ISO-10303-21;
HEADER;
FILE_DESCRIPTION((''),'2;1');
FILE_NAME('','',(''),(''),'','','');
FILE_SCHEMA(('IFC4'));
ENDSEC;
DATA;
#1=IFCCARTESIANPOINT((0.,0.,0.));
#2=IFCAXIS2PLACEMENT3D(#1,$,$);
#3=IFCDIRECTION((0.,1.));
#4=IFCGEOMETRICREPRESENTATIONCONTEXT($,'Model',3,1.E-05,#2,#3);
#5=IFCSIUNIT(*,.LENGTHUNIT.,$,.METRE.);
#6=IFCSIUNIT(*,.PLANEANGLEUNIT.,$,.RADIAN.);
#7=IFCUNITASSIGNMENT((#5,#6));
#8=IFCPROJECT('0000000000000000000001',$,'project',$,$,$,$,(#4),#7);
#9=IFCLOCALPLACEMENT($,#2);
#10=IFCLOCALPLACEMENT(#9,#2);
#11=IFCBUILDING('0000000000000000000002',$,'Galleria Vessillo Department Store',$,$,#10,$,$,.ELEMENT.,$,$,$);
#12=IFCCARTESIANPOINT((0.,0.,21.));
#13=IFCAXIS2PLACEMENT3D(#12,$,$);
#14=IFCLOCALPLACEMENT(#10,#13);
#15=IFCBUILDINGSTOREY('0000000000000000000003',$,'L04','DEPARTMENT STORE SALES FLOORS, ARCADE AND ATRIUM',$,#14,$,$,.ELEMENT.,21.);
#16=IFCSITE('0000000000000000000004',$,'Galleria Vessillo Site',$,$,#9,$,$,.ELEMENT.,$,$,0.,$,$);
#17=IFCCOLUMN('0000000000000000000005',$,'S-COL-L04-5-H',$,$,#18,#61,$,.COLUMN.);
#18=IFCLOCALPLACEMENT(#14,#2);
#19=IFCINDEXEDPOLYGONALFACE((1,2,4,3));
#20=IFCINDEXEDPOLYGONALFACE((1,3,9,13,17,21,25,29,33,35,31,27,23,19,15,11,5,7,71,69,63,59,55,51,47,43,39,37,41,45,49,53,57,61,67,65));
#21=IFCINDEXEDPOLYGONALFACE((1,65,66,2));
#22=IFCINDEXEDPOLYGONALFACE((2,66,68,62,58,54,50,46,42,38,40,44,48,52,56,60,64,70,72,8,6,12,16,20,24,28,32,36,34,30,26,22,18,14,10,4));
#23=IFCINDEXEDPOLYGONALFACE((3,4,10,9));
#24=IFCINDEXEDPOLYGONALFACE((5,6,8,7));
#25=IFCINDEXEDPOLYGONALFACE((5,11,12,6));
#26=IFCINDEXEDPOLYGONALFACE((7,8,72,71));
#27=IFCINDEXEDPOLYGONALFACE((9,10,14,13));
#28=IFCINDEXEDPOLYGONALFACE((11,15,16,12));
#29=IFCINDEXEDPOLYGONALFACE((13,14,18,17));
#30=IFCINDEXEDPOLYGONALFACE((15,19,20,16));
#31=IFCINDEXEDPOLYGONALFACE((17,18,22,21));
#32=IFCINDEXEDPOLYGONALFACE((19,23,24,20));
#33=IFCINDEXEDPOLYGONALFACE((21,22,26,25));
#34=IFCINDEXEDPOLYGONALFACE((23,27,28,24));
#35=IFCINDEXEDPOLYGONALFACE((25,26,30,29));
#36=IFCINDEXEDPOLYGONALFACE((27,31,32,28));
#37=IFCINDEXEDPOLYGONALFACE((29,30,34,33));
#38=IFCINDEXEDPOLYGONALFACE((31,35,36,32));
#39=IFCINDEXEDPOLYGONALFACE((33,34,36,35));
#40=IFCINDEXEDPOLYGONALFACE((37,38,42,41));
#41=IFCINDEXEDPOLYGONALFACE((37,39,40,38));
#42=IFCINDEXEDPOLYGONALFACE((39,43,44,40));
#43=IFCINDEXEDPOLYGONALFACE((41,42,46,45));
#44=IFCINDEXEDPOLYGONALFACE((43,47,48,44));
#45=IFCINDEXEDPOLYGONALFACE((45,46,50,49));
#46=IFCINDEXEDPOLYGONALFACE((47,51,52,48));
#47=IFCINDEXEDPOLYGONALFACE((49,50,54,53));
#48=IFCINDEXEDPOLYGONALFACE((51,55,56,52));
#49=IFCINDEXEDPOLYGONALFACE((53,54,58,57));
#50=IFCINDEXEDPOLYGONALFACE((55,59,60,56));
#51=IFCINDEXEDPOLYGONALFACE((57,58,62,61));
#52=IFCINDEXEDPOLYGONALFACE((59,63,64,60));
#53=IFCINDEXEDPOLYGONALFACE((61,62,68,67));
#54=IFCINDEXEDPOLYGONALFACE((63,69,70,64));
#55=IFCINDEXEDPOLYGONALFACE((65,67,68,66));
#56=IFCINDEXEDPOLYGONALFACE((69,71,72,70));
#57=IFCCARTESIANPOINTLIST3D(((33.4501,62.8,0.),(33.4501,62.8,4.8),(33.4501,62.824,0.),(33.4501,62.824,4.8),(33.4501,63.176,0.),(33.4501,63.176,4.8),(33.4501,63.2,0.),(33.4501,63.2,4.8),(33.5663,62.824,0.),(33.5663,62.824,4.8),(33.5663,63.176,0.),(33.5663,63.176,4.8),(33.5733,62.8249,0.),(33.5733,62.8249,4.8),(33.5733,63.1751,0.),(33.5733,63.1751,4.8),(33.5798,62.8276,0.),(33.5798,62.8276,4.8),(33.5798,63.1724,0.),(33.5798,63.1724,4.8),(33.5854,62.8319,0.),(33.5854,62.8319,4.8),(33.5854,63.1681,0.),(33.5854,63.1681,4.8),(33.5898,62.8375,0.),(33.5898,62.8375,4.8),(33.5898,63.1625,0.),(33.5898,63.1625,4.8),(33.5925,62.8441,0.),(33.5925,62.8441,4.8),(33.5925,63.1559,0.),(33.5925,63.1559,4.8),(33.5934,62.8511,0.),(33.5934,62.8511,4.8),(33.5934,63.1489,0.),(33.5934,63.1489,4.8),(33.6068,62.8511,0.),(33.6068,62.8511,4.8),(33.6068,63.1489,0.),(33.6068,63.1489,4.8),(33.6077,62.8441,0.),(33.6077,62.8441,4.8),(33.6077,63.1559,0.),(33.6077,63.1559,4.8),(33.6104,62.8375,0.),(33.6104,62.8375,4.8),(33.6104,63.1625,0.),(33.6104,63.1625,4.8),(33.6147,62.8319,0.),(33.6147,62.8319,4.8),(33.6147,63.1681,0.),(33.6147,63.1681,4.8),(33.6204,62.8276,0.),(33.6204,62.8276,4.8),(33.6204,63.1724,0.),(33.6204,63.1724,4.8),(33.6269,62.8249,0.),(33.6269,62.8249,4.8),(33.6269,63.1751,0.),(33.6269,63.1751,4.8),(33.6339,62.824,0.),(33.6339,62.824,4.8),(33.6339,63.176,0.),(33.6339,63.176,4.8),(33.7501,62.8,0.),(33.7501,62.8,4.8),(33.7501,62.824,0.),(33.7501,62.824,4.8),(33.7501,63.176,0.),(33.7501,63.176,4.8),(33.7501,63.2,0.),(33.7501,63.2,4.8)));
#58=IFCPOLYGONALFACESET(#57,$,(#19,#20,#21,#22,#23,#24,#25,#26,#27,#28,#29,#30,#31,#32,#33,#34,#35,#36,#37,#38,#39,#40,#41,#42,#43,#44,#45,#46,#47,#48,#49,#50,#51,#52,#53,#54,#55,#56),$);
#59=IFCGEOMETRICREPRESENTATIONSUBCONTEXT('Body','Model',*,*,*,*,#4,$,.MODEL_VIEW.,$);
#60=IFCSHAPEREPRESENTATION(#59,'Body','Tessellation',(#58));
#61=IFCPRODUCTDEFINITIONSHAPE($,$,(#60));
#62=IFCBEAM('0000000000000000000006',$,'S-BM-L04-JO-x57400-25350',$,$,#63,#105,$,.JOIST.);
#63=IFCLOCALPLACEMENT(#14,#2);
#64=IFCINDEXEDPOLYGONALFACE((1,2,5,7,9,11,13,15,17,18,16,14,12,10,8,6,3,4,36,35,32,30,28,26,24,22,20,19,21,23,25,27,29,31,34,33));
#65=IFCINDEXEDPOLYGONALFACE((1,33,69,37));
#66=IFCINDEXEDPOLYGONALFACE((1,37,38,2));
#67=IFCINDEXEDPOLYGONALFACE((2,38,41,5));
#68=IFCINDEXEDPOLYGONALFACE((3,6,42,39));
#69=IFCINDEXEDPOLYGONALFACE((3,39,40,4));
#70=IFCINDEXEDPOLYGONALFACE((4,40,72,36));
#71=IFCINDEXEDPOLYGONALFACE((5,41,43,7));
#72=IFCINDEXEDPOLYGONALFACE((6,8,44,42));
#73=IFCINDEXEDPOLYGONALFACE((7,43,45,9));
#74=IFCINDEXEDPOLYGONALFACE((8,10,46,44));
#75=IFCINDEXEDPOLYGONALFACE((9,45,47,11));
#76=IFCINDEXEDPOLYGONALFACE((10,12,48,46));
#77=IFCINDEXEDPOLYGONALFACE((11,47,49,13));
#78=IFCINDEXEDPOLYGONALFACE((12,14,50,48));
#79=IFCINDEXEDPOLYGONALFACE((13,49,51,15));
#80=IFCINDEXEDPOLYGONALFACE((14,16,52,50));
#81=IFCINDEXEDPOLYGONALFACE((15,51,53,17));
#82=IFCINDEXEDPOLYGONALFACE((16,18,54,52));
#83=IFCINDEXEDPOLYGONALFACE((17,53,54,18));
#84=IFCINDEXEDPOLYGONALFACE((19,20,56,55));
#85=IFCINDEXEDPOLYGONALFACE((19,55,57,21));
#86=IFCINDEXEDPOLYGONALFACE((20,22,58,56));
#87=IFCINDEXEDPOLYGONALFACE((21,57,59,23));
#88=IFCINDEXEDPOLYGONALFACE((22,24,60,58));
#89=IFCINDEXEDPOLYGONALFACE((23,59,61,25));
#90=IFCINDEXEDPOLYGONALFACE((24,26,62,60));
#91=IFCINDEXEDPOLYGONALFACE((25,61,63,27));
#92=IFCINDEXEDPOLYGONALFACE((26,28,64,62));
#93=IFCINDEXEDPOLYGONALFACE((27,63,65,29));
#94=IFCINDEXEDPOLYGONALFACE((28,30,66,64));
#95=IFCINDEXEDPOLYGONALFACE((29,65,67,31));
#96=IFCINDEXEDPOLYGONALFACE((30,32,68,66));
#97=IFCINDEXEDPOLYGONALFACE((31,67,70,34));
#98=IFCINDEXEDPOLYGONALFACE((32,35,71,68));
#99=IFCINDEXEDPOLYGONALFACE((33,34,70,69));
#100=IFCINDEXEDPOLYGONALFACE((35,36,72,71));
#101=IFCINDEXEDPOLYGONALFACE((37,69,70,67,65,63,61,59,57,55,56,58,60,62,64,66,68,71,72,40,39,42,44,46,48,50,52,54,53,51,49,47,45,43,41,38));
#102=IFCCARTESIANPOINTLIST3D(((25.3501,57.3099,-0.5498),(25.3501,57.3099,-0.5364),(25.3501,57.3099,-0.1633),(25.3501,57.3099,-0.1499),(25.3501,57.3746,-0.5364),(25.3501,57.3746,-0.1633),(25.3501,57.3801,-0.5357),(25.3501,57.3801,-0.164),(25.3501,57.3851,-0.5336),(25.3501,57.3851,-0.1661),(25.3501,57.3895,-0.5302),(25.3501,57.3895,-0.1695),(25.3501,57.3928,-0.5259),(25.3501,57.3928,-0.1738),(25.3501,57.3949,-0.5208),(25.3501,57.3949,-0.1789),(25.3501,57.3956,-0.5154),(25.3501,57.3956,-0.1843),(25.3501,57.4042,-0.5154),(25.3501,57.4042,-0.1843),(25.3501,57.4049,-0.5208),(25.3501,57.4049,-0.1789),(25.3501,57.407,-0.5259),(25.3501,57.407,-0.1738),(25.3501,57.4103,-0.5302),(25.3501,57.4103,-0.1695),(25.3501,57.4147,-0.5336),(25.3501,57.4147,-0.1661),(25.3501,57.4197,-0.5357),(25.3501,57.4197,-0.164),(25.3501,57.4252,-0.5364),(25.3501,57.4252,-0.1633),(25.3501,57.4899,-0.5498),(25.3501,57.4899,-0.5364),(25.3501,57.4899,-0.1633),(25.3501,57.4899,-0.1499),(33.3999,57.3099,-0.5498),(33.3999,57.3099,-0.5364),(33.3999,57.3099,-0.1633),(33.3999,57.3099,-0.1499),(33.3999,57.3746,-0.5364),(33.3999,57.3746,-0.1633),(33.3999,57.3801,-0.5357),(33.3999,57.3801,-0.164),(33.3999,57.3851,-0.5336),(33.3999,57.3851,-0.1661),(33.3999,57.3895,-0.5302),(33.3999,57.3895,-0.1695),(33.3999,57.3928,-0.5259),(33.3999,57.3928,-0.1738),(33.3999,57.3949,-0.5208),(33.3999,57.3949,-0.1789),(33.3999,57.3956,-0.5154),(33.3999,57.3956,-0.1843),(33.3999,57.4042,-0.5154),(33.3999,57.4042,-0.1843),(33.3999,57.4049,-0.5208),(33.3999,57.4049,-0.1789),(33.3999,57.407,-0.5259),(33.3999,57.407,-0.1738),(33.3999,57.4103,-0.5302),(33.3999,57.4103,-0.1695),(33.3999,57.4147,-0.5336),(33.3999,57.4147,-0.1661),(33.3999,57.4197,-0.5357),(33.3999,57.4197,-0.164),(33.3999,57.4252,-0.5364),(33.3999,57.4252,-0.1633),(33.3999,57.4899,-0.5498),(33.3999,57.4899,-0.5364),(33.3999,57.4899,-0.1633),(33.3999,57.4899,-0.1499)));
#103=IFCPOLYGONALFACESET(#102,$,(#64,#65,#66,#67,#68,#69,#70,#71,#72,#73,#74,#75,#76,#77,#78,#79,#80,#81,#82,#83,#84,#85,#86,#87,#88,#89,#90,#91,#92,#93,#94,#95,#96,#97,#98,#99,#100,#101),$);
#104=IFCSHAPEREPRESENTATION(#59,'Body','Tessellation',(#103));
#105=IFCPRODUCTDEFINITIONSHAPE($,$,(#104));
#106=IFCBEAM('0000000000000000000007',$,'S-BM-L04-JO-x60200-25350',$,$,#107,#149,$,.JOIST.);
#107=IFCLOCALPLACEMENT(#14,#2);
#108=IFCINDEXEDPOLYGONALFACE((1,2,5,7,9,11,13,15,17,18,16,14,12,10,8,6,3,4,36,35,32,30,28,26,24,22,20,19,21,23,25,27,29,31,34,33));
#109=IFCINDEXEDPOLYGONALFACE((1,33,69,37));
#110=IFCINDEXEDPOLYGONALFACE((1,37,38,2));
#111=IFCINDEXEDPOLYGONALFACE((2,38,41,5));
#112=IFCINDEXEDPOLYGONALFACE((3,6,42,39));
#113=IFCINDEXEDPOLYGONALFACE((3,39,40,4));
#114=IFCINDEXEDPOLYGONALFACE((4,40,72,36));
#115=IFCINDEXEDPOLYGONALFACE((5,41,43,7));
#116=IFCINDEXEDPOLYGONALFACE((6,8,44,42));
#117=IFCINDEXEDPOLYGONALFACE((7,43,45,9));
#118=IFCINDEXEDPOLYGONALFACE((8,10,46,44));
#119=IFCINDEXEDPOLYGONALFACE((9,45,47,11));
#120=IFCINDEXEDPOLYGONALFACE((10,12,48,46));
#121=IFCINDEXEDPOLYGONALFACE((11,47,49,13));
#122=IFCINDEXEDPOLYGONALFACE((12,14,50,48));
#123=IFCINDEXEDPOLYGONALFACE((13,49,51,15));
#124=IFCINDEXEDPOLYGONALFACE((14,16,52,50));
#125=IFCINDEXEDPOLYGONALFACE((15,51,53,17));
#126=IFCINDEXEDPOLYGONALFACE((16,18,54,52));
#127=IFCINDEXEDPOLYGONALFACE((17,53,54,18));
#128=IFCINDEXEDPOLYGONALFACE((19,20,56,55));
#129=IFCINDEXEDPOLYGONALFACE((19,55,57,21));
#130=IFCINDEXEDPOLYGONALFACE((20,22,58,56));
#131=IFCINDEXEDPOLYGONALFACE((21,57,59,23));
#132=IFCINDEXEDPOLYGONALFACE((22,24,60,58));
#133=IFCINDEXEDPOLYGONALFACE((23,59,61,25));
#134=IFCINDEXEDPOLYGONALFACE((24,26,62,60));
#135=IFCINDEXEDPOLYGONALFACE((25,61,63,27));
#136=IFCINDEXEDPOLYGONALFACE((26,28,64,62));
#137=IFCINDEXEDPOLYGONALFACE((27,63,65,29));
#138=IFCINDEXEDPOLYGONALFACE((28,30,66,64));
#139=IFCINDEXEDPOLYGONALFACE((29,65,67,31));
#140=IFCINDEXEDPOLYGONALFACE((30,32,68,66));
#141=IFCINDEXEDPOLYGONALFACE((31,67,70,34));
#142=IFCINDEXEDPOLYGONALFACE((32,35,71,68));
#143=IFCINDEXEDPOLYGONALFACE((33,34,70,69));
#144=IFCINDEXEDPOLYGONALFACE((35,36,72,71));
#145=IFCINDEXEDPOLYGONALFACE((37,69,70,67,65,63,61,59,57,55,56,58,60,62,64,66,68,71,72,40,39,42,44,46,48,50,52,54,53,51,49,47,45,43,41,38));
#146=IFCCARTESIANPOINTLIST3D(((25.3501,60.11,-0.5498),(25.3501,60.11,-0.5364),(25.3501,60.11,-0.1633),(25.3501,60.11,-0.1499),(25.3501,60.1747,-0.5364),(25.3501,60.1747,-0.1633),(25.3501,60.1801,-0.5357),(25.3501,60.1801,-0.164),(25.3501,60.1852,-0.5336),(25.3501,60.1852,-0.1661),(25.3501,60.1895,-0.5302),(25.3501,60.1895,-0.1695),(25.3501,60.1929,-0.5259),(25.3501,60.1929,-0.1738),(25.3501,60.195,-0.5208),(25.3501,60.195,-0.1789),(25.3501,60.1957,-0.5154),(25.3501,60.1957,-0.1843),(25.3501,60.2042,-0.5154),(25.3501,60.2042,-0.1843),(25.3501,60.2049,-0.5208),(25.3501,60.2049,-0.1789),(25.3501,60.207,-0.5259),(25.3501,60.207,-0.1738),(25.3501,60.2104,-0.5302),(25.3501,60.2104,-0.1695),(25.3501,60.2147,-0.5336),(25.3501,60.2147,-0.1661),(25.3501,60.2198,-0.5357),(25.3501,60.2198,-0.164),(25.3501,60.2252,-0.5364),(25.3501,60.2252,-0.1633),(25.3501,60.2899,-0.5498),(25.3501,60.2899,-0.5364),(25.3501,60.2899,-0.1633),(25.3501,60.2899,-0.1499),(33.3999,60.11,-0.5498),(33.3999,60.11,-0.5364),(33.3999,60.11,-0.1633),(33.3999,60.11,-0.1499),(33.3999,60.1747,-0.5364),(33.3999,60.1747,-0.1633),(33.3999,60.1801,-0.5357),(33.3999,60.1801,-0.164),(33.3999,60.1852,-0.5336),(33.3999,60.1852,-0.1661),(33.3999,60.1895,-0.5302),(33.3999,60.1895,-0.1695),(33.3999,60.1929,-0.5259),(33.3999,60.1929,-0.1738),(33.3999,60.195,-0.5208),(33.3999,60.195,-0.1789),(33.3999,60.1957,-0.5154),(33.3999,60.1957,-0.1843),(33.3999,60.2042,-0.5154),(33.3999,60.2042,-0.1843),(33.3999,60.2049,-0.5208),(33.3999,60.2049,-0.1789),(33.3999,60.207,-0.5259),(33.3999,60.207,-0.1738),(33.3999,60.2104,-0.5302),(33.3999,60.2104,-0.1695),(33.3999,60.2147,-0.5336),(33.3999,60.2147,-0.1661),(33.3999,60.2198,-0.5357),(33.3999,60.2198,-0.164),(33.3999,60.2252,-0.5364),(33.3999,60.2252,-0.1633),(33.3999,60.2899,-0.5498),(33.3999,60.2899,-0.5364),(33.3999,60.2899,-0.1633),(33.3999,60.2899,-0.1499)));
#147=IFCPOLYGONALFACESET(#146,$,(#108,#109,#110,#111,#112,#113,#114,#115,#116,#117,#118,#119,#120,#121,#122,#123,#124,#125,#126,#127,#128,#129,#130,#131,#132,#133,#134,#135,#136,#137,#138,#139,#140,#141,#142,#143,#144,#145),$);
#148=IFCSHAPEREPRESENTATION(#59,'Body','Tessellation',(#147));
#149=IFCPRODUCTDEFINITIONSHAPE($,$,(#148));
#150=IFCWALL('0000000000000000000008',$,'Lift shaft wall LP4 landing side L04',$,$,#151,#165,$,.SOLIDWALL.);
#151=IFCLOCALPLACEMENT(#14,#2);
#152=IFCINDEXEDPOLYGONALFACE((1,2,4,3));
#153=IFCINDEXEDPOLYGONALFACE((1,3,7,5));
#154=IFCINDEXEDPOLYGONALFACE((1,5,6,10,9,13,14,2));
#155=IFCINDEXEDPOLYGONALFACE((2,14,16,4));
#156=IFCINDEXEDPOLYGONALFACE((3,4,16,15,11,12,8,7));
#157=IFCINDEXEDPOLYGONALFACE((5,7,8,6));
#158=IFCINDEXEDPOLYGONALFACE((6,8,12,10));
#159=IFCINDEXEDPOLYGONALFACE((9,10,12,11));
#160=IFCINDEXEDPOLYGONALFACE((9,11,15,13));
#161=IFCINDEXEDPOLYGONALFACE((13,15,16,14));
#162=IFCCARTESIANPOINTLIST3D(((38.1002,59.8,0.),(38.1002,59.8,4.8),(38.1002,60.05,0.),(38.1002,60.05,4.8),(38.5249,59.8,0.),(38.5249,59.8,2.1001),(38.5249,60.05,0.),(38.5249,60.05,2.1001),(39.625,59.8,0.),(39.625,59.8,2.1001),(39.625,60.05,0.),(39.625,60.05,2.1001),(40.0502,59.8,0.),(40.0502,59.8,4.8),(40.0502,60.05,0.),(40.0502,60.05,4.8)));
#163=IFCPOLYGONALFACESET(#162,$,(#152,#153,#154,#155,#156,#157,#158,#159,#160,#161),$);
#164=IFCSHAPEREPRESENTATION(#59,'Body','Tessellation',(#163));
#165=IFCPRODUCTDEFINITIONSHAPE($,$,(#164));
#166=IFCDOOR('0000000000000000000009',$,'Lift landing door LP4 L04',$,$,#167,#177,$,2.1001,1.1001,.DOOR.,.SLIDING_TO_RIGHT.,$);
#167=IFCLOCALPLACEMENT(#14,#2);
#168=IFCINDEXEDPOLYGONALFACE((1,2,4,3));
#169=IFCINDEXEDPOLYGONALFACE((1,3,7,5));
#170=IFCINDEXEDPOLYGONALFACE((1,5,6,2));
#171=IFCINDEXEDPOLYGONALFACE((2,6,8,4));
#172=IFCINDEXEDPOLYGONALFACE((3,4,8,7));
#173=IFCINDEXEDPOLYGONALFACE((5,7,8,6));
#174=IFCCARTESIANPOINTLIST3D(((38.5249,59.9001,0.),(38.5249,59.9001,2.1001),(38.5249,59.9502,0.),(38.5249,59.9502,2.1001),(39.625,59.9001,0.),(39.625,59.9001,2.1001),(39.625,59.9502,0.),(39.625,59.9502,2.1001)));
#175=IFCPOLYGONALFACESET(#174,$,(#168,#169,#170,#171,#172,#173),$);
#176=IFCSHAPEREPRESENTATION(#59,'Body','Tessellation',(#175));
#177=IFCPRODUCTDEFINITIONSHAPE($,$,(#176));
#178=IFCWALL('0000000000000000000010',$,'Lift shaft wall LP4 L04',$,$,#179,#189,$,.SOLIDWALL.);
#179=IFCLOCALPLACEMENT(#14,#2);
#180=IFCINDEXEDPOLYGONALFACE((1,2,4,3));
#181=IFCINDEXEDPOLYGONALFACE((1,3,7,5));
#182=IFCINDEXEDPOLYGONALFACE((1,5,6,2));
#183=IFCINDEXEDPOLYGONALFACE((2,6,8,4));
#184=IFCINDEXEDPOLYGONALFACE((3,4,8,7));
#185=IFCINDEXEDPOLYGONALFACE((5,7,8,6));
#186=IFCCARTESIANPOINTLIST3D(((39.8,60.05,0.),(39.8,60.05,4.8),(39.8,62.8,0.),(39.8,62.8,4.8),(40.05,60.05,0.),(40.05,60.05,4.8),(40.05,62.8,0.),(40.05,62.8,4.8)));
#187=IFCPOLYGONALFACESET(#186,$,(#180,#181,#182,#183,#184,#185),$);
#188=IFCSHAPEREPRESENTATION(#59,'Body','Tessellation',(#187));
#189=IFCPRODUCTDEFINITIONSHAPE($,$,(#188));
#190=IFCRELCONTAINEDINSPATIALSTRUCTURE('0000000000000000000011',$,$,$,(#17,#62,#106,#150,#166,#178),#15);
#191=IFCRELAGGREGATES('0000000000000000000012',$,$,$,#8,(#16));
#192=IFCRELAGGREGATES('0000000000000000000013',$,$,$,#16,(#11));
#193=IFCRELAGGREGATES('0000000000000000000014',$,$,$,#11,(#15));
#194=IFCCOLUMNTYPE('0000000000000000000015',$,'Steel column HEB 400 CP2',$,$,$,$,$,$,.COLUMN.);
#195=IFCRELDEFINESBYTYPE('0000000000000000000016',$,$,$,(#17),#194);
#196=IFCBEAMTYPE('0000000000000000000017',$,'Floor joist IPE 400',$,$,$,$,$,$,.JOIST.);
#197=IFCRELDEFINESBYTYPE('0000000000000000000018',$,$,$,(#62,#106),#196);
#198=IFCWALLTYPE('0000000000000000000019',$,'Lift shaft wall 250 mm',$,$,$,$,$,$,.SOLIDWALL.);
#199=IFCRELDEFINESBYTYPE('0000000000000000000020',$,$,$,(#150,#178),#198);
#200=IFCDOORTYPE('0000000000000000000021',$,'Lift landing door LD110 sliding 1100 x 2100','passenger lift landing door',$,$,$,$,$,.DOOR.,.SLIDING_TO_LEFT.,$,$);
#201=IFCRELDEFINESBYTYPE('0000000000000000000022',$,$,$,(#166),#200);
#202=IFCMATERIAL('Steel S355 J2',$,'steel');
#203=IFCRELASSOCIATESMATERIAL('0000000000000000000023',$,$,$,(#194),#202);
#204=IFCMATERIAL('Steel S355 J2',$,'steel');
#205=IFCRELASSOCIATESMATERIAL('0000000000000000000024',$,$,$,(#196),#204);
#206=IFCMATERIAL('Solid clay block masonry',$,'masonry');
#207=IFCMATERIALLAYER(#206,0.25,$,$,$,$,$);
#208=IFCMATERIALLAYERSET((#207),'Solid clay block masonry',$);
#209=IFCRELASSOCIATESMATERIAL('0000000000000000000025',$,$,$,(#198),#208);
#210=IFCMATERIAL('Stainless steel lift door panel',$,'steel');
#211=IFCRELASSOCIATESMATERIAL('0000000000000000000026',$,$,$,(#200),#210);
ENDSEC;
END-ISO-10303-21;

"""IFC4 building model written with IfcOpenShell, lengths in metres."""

from ifc_helpers import new_model, si_unit, direction, frame, frame_2d, origin, origin_2d, place, context, subcontext, project, spatial, rectangle, i_section, extrude, material, layer, layer_set, material_profile, profile_set, type_object, element, fill, save


model = new_model("IFC4")

# Units and contexts
model_context = context("Model", 3, precision=1e-05, world=origin(), true_north=direction((0.0, 1.0)))
body_context = subcontext(model_context, "Body", "Model", "MODEL_VIEW")
ifc_project = project(units=[si_unit("LENGTHUNIT", "METRE"), si_unit("PLANEANGLEUNIT", "RADIAN")], contexts=[model_context])

# Site, building, storey
site_placement = place(None, origin())
site = spatial("IfcSite", under=ifc_project, at=site_placement, Name="Galleria Vessillo Site", CompositionType="ELEMENT", RefElevation=0.0)
building_placement = place(site_placement, origin())
building = spatial("IfcBuilding", under=site, at=building_placement, Name="Galleria Vessillo Department Store", CompositionType="ELEMENT")
storey_placement = place(building_placement, frame((0.0, 0.0, 21.0)))
storey = spatial("IfcBuildingStorey", under=building, at=storey_placement, Name="L04", Description="DEPARTMENT STORE SALES FLOORS, ARCADE AND ATRIUM", CompositionType="ELEMENT", Elevation=21.0)

# Column
ifc_material_1 = material(Name="Steel S355 J2", Category="steel")
ifc_material_profile_1 = material_profile(ifc_material_1, i_section(OverallWidth=0.3, OverallDepth=0.3999, WebThickness=0.0134, FlangeThickness=0.0239, FilletRadius=0.0271, at=origin_2d()), Name="HEB 400")
ifc_profile_set_1 = profile_set([ifc_material_profile_1], Name="Steel S355 J2")
column_type = type_object("IfcColumnType", Name="Steel column HEB 400 CP2", PredefinedType="COLUMN", material=ifc_profile_set_1)
column_placement = place(storey_placement, frame((33.6001, 63.0, 0.0), z_axis=(0.0, 0.0, 1.0), x_axis=(1.0, 0.0, 0.0)))
element("IfcColumn", 1, at=column_placement, inside=storey, type_object=column_type, Name="S-COL-L04-5-H", PredefinedType="COLUMN", context=body_context, shape_type="SweptSolid", body=[
    extrude(i_section(OverallWidth=0.3, OverallDepth=0.3999, WebThickness=0.0134, FlangeThickness=0.0239, FilletRadius=0.0271, at=origin_2d()), origin(), (0.0, 0.0, 1.0), 4.8),
])

# Beams
ifc_material_2 = material(Name="Steel S355 J2", Category="steel")
ifc_material_profile_2 = material_profile(ifc_material_2, i_section(OverallWidth=0.1799, OverallDepth=0.3999, WebThickness=0.0085, FlangeThickness=0.0134, FilletRadius=0.021, at=origin_2d()), Name="IPE 400")
ifc_profile_set_2 = profile_set([ifc_material_profile_2], Name="Steel S355 J2")
beam_type = type_object("IfcBeamType", Name="Floor joist IPE 400", PredefinedType="JOIST", material=ifc_profile_set_2)
for number, where, z_axis, x_axis, name in (
    (2, (25.3501, 57.3999, -0.3499), (1.0, 0.0, 0.0), (0.0, 1.0, 0.0), "S-BM-L04-JO-x57400-25350"),
    (3, (25.3501, 60.2, -0.3499), (1.0, 0.0, 0.0), (0.0, 1.0, 0.0), "S-BM-L04-JO-x60200-25350"),
):
    element("IfcBeam", number, at=place(storey_placement, frame(where, z_axis=z_axis, x_axis=x_axis)), inside=storey, type_object=beam_type, Name=name, PredefinedType="JOIST", context=body_context, shape_type="SweptSolid", body=[
        extrude(i_section(OverallWidth=0.1799, OverallDepth=0.3999, WebThickness=0.0085, FlangeThickness=0.0134, FilletRadius=0.021, at=origin_2d()), origin(), (0.0, 0.0, 1.0), 8.0498),
    ])

# Wall, opening, door
ifc_material_3 = material(Name="Solid clay block masonry", Category="masonry")
ifc_layer_1 = layer(ifc_material_3, 0.25)
ifc_layer_set_1 = layer_set([ifc_layer_1], Name="Solid clay block masonry")
wall_type_1 = type_object("IfcWallType", Name="Lift shaft wall 250 mm", PredefinedType="SOLIDWALL", material=ifc_layer_set_1)
wall_1_placement = place(storey_placement, frame((38.1001, 59.925, 0.0), z_axis=(0.0, 0.0, 1.0), x_axis=(1.0, 0.0, 0.0)))
wall_1 = element("IfcWall", 4, at=wall_1_placement, inside=storey, type_object=wall_type_1, Name="Lift shaft wall LP4 landing side L04", PredefinedType="SOLIDWALL", context=body_context, shape_type="SweptSolid", body=[
    extrude(rectangle(XDim=1.95, YDim=0.25, at=frame_2d((0.9751, 0.0))), origin(), (0.0, 0.0, 1.0), 4.8),
])
opening_1_placement = place(wall_1_placement, frame((0.4248, 0.0, 0.0)))
opening_1 = element("IfcOpeningElement", 5, at=opening_1_placement, cuts=wall_1, PredefinedType="OPENING", context=body_context, shape_type="SweptSolid", body=[
    extrude(rectangle(XDim=1.1001, YDim=2.1001, at=frame_2d((0.55, 1.05))), frame((0.0, 0.135, 0.0), z_axis=(0.0, -1.0, 0.0), x_axis=(1.0, 0.0, 0.0)), (0.0, 0.0, 1.0), 0.27),
])
ifc_material_4 = material(Name="Stainless steel lift door panel", Category="steel")
door_type_1 = type_object("IfcDoorType", Name="Lift landing door LD110 sliding 1100 x 2100", Description="passenger lift landing door", OperationType="SLIDING_TO_LEFT", PredefinedType="DOOR", material=ifc_material_4)
door_1_placement = place(opening_1_placement, frame((1.1001, 0.0, 0.0), z_axis=(0.0, 0.0, 1.0), x_axis=(-1.0, 0.0, 0.0)))
door_1 = element("IfcDoor", 6, at=door_1_placement, inside=storey, type_object=door_type_1, Name="Lift landing door LP4 L04", OperationType="SLIDING_TO_RIGHT", OverallHeight=2.1001, OverallWidth=1.1001, PredefinedType="DOOR", context=body_context, shape_type="SweptSolid", body=[
    extrude(rectangle(XDim=1.1001, YDim=2.1001, at=frame_2d((0.55, 1.05))), frame((0.0, 0.0249, 0.0), z_axis=(0.0, -1.0, 0.0), x_axis=(1.0, 0.0, 0.0)), (0.0, 0.0, 1.0), 0.05),
])
fill(opening_1, door_1)

# Wall
wall_2_placement = place(storey_placement, frame((39.925, 62.8, 0.0), z_axis=(0.0, 0.0, 1.0), x_axis=(0.0, -1.0, 0.0)))
element("IfcWall", 7, at=wall_2_placement, inside=storey, type_object=wall_type_1, Name="Lift shaft wall LP4 L04", PredefinedType="SOLIDWALL", context=body_context, shape_type="SweptSolid", body=[
    extrude(rectangle(XDim=2.75, YDim=0.25, at=frame_2d((1.375, 0.0))), origin(), (0.0, 0.0, 1.0), 4.8),
])

save(model, "model.ifc")
